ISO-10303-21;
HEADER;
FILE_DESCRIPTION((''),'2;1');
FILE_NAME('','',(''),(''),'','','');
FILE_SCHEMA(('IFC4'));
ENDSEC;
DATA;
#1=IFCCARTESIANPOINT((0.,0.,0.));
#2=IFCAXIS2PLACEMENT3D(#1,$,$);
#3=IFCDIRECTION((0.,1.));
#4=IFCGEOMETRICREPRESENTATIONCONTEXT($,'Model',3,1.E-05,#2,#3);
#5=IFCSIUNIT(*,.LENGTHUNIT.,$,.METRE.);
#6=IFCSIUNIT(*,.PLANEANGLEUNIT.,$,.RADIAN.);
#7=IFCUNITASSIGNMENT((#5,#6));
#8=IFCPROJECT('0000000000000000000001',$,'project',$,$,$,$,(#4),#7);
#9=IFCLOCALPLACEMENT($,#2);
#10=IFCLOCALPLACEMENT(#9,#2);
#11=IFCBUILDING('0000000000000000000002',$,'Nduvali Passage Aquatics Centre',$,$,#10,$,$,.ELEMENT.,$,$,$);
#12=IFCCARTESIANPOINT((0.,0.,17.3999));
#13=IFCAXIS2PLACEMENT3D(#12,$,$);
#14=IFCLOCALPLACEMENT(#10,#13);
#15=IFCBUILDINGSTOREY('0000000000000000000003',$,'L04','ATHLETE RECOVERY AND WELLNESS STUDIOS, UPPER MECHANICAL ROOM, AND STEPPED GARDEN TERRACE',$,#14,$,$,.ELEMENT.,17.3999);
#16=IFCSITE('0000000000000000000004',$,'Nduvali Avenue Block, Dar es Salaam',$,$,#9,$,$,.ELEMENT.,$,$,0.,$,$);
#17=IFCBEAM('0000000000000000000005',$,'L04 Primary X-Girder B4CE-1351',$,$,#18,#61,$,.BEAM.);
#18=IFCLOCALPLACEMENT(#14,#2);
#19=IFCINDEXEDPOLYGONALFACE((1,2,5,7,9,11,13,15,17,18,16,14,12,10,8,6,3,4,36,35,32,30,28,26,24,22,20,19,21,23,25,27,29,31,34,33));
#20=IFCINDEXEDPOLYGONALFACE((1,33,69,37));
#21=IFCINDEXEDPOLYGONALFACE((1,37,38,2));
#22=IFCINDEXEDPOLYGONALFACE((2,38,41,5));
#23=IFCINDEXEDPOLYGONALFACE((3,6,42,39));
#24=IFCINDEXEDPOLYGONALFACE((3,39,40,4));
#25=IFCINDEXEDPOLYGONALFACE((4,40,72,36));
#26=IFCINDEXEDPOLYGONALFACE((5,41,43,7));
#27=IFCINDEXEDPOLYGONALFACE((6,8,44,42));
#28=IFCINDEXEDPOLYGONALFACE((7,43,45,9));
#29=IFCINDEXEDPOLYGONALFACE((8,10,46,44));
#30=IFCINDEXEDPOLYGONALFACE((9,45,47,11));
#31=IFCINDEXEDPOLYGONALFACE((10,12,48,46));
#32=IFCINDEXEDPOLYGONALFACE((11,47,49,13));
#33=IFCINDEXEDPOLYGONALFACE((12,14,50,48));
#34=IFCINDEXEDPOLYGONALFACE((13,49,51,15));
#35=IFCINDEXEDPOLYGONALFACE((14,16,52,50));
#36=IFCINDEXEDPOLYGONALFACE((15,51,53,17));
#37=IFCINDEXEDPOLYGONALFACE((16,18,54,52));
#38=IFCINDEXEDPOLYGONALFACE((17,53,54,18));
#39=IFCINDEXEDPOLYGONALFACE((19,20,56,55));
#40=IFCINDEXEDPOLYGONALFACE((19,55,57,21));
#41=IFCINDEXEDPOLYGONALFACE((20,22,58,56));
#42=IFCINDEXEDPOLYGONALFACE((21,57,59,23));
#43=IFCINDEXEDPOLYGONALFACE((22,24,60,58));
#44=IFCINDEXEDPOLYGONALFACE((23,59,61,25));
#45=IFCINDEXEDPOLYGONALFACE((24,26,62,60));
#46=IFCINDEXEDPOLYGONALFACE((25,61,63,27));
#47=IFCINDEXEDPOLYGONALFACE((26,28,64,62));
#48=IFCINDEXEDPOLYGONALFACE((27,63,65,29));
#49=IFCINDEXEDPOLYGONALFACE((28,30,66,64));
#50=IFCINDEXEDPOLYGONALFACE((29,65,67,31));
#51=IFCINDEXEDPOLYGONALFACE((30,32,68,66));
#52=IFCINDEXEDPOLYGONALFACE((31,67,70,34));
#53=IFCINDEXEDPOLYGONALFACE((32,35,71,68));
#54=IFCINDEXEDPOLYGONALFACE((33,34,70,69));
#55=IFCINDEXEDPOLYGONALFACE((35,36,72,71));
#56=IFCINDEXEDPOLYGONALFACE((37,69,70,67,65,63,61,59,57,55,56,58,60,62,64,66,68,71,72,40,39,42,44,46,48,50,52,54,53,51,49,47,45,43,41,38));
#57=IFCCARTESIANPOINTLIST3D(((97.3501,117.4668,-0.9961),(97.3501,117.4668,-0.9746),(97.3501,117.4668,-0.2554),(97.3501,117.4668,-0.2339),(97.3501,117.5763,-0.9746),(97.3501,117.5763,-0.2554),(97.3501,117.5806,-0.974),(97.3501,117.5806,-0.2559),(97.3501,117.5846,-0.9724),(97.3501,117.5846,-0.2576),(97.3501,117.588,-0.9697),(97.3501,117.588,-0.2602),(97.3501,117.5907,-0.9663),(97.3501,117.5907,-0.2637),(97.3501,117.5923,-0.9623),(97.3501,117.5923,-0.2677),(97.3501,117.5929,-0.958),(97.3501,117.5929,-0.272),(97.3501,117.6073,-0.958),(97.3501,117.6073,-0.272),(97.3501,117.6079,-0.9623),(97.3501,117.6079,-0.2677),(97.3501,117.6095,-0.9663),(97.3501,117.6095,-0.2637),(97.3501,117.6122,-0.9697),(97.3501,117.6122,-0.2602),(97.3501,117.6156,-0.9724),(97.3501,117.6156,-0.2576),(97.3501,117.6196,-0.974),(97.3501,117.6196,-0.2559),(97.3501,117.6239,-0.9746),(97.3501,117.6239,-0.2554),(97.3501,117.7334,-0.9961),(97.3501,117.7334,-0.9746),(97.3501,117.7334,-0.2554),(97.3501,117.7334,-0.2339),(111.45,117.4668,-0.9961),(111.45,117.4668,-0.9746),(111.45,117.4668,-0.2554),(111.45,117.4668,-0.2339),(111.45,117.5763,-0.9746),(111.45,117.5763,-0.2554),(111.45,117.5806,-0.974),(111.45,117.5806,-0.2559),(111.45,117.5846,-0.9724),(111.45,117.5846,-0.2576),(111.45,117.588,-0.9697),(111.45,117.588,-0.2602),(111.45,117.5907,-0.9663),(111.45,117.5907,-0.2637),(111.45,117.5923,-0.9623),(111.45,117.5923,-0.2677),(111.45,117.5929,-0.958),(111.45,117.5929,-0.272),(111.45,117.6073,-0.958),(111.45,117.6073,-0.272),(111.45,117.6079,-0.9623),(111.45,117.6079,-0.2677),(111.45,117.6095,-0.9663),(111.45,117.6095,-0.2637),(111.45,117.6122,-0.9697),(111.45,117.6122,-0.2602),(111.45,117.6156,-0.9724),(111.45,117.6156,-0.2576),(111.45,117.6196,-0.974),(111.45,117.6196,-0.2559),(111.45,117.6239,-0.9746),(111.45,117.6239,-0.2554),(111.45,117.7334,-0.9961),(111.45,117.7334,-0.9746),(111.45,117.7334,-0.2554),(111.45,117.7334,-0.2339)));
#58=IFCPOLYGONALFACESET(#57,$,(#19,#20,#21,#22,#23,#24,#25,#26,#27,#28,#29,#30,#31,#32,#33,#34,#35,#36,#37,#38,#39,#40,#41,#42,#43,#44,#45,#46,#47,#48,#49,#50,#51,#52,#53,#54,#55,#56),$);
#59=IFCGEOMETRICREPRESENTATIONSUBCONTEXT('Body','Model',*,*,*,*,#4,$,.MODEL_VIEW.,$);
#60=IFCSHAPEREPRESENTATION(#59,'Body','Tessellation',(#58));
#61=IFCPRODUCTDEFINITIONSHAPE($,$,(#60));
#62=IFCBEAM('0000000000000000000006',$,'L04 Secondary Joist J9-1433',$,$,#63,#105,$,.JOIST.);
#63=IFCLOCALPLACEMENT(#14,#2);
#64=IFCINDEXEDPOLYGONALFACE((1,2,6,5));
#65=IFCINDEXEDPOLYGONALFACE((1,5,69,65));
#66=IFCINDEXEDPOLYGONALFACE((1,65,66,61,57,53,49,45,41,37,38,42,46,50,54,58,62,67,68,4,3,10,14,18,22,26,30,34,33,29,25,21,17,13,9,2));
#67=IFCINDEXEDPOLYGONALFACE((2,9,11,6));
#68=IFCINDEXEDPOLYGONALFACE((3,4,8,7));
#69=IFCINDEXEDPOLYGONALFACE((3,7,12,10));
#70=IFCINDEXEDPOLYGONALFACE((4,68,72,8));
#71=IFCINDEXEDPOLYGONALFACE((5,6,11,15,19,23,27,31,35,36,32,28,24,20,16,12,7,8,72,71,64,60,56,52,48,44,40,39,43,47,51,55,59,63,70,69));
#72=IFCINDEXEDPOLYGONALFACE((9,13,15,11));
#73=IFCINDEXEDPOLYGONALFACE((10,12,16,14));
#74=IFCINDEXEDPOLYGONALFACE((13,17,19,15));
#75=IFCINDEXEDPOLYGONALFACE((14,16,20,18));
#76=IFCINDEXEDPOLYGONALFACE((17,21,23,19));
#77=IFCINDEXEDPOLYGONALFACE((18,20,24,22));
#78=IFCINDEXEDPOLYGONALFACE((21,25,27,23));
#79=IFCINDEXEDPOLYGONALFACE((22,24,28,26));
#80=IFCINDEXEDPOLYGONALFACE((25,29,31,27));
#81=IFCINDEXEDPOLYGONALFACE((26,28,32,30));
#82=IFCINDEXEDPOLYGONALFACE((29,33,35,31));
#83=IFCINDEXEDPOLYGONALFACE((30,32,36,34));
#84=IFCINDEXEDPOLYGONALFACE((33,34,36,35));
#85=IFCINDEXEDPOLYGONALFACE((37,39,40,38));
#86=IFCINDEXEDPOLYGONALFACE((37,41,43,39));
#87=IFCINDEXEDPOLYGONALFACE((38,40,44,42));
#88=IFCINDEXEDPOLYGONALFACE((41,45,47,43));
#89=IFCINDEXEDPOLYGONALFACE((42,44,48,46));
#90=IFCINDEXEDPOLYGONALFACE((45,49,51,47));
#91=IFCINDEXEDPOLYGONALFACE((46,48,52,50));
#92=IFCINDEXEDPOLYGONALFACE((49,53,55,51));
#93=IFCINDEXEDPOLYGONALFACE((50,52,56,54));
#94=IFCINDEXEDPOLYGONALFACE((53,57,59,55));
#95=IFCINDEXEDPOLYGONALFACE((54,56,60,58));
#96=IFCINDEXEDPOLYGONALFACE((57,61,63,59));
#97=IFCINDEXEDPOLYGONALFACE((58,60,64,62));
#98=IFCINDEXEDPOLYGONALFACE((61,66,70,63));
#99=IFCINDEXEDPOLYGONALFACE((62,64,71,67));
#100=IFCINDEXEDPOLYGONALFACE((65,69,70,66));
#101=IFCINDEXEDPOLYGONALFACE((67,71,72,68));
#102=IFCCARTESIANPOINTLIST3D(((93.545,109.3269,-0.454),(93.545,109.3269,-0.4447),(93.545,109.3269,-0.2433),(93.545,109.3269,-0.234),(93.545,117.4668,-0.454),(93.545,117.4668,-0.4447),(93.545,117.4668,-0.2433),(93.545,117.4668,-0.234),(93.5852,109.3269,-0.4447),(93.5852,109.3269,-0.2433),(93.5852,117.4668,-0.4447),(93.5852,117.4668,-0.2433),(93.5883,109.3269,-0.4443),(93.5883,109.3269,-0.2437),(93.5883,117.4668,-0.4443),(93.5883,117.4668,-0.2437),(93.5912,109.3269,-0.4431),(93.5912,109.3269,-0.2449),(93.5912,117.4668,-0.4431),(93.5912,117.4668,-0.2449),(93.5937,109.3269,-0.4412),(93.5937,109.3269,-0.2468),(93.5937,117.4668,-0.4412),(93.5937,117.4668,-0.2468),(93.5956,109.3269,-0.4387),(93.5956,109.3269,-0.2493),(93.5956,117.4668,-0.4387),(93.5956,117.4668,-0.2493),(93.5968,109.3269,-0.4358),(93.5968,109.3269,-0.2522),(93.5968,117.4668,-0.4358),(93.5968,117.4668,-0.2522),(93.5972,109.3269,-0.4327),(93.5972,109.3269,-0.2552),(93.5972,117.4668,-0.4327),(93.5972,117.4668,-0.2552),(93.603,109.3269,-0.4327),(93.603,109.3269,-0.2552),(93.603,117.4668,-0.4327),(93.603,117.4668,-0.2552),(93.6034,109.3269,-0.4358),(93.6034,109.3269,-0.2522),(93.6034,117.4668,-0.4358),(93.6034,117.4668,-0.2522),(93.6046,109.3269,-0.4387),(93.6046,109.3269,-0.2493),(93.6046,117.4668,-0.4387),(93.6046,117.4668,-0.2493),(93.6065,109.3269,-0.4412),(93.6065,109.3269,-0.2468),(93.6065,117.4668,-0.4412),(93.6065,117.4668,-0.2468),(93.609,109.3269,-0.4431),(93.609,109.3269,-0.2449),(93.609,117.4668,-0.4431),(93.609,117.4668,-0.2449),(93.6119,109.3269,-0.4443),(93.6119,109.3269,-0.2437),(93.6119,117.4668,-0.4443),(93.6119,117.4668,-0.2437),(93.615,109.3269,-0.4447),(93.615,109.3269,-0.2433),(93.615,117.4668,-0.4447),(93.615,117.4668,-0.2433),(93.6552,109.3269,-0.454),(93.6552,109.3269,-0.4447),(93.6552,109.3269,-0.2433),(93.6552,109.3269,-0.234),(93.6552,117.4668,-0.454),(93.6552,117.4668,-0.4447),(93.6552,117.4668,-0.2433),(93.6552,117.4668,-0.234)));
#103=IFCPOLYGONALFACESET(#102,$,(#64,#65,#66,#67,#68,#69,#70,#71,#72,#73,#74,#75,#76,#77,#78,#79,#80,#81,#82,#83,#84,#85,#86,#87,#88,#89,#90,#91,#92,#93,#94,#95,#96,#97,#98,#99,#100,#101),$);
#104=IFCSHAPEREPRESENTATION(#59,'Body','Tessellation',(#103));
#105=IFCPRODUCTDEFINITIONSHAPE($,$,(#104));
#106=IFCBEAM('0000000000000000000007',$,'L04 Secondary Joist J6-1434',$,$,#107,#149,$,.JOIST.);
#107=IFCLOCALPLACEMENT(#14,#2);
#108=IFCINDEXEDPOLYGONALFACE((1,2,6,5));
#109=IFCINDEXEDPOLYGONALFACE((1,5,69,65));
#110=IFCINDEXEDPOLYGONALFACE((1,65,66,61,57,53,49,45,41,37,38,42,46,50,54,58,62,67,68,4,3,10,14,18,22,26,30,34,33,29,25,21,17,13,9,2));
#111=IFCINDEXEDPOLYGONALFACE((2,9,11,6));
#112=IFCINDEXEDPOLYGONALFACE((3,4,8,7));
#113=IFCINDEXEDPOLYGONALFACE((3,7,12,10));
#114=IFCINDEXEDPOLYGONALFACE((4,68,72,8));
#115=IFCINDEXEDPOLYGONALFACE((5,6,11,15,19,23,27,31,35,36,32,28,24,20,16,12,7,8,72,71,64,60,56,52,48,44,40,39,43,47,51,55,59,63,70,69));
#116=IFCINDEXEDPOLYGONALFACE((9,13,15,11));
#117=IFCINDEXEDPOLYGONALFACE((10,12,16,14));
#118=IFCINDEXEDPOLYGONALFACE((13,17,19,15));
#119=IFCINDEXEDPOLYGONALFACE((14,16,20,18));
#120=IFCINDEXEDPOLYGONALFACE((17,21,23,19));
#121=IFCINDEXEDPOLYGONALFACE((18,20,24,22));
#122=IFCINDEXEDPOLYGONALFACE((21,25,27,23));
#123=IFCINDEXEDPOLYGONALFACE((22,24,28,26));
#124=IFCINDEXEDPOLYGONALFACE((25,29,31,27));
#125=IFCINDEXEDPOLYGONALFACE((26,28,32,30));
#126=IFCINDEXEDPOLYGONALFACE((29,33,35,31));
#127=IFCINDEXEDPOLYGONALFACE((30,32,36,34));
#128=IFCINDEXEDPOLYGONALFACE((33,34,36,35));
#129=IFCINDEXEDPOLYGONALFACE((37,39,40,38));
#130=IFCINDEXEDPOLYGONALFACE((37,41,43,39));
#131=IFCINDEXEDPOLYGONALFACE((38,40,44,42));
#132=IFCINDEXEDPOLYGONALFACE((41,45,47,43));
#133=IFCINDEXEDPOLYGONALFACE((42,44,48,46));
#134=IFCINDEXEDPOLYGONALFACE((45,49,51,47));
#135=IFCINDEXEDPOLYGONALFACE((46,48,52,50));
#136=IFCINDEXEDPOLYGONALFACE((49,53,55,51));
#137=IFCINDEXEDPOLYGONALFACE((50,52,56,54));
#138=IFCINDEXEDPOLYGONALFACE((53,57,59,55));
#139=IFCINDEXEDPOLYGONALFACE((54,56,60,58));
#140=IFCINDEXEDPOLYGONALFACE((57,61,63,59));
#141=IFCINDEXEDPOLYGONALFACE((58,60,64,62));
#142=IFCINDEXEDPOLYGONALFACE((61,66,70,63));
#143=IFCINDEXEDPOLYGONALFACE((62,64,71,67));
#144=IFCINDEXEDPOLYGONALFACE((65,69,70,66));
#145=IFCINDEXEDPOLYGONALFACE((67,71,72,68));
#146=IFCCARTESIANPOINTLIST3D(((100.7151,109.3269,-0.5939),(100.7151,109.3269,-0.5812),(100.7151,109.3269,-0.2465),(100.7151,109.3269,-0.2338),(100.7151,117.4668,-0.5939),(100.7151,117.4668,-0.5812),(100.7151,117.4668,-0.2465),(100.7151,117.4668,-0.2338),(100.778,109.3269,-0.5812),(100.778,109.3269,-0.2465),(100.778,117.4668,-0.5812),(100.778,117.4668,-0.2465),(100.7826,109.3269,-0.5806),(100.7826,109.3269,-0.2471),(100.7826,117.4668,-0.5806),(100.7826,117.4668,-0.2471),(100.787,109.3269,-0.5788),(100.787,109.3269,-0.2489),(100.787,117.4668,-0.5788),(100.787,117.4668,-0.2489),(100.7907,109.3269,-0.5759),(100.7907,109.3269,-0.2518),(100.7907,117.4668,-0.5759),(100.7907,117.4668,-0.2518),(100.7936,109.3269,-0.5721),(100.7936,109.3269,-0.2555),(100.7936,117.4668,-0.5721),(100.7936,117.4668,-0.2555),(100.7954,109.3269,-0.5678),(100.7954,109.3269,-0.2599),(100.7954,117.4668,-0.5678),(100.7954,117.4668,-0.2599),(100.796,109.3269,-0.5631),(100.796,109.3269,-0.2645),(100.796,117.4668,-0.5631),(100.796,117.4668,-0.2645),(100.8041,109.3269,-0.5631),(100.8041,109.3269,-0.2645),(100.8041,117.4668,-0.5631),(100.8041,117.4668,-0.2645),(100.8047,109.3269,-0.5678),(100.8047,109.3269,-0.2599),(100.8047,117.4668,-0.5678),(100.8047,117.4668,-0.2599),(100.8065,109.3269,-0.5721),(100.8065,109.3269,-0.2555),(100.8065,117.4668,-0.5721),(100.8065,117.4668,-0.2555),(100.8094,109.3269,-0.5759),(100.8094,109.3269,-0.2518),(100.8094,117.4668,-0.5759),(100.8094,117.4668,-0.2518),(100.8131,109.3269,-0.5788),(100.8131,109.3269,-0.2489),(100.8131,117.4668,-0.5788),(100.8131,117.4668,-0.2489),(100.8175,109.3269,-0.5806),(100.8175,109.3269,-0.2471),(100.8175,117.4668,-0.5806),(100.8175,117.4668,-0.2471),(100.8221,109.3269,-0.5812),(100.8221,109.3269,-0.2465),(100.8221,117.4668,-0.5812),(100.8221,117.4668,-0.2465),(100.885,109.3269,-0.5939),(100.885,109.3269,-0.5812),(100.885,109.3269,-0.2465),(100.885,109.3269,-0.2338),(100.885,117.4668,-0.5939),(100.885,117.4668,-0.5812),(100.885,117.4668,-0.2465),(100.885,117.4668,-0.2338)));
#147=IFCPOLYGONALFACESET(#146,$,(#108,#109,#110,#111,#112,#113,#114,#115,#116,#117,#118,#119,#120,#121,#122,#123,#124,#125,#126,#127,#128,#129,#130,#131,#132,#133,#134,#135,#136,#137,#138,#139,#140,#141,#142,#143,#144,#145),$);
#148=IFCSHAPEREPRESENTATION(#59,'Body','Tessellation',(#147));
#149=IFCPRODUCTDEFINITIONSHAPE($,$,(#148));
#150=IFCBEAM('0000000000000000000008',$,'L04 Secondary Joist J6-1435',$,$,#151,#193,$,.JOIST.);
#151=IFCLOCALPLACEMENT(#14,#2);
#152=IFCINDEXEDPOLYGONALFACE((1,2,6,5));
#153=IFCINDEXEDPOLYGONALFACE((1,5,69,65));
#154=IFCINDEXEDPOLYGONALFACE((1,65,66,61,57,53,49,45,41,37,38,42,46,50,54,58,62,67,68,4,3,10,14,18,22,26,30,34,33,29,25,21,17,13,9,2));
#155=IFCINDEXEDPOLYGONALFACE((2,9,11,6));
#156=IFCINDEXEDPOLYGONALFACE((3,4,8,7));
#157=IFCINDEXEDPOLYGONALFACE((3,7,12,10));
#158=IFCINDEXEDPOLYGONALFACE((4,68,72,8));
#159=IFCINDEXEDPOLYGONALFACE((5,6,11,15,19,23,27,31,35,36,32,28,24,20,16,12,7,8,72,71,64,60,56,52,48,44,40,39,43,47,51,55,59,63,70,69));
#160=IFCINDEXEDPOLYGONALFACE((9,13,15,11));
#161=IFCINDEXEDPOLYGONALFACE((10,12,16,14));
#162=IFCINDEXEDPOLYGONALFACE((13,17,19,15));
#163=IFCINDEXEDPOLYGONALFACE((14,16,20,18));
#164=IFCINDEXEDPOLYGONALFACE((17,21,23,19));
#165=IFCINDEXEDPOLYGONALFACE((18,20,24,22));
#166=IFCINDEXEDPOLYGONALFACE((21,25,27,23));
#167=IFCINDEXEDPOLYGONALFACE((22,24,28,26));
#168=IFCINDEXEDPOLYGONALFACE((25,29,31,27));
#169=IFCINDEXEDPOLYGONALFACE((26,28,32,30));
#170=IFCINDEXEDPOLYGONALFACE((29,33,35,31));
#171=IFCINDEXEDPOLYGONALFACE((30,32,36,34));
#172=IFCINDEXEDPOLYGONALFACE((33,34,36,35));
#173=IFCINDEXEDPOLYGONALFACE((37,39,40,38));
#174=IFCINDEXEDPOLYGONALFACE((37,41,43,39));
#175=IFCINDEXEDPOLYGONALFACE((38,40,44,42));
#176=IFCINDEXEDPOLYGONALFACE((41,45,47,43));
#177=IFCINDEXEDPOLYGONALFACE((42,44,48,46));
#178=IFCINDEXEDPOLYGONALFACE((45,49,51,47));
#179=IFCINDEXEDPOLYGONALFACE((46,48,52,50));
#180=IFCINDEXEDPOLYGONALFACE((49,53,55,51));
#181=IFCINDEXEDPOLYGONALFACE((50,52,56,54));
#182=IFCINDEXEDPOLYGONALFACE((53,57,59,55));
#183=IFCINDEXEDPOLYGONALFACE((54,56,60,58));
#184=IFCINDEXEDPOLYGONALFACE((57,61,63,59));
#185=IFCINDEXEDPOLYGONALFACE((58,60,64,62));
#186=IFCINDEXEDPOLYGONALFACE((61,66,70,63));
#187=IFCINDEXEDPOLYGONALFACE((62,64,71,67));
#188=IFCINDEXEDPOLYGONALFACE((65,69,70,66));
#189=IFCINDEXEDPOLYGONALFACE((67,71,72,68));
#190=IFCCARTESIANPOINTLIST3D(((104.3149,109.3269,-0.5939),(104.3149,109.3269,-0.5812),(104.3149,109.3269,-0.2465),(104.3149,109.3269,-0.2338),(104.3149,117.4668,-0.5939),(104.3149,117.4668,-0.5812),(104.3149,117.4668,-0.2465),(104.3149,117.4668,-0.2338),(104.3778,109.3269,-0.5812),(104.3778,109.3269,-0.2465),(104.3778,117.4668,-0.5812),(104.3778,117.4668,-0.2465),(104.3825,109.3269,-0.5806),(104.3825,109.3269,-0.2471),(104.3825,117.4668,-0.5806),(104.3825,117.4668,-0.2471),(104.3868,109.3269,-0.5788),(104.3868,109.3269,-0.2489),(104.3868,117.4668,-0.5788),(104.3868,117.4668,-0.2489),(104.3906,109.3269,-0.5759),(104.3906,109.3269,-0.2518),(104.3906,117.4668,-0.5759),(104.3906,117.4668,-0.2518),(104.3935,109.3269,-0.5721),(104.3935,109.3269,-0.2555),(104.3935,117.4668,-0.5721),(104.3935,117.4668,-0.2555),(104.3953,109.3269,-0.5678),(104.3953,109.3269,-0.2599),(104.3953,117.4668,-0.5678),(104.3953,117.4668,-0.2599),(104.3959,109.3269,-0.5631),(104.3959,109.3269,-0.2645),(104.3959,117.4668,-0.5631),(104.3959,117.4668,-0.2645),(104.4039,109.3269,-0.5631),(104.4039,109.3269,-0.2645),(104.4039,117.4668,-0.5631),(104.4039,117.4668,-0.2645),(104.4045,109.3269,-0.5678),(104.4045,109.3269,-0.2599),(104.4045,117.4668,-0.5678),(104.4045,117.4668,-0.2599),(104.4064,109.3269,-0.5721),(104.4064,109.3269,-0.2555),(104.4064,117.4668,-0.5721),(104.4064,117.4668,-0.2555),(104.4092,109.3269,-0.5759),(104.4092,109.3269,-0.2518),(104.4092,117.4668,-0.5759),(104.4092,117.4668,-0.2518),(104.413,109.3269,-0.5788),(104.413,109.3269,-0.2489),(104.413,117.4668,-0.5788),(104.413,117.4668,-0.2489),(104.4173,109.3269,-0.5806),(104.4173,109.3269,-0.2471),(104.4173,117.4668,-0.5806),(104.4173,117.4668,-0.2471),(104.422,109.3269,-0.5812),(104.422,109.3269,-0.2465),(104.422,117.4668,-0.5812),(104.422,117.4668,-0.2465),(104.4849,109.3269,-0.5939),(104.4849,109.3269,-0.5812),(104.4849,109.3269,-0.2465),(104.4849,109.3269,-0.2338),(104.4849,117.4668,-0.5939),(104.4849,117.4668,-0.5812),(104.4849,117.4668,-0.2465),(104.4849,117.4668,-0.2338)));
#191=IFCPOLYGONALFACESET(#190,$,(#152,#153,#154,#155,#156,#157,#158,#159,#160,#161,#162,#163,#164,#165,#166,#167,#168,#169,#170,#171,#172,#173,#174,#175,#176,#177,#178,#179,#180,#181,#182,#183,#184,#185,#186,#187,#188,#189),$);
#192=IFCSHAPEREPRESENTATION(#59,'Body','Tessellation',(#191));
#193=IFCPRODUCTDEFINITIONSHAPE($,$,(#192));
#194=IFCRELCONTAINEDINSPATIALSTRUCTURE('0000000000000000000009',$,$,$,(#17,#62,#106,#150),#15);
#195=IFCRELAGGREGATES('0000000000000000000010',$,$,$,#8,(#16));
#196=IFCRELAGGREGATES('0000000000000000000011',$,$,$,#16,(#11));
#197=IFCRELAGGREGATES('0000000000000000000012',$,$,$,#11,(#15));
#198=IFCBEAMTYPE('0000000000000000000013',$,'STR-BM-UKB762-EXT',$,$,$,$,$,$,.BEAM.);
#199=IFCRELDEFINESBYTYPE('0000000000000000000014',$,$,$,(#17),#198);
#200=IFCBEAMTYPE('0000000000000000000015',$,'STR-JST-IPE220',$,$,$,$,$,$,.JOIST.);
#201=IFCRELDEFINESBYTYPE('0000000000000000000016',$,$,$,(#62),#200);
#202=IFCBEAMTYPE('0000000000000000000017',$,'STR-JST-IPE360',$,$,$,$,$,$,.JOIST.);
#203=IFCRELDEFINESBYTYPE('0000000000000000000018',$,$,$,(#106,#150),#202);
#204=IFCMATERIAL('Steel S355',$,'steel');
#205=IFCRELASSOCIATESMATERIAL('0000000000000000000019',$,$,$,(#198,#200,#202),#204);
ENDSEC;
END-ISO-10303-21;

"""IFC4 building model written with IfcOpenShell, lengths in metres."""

from ifc_helpers import new_model, si_unit, direction, frame, origin, origin_2d, place, context, subcontext, project, spatial, i_section, extrude, material, material_profile, profile_set, type_object, element, save


model = new_model("IFC4")

# Units and contexts
model_context = context("Model", 3, precision=1e-05, world=origin(), true_north=direction((0.0, 1.0)))
body_context = subcontext(model_context, "Body", "Model", "MODEL_VIEW")
ifc_project = project(units=[si_unit("LENGTHUNIT", "METRE"), si_unit("PLANEANGLEUNIT", "RADIAN")], contexts=[model_context])

# Site, building, storey
site_placement = place(None, origin())
site = spatial("IfcSite", under=ifc_project, at=site_placement, Name="Nduvali Avenue Block, Dar es Salaam", CompositionType="ELEMENT", RefElevation=0.0)
building_placement = place(site_placement, origin())
building = spatial("IfcBuilding", under=site, at=building_placement, Name="Nduvali Passage Aquatics Centre", CompositionType="ELEMENT")
storey_placement = place(building_placement, frame((0.0, 0.0, 17.3999)))
storey = spatial("IfcBuildingStorey", under=building, at=storey_placement, Name="L04", Description="ATHLETE RECOVERY AND WELLNESS STUDIOS, UPPER MECHANICAL ROOM, AND STEPPED GARDEN TERRACE", CompositionType="ELEMENT", Elevation=17.3999)

# Shared definitions
ifc_material_1 = material(Name="Steel S355", Category="steel")

# Beams
ifc_material_profile_1 = material_profile(ifc_material_1, i_section(OverallWidth=0.2666, OverallDepth=0.7622, WebThickness=0.0144, FlangeThickness=0.0215, FilletRadius=0.0166, at=origin_2d()), Name="UKB 762x267x173")
ifc_profile_set_1 = profile_set([ifc_material_profile_1], Name="Steel S355")
beam_type_1 = type_object("IfcBeamType", Name="STR-BM-UKB762-EXT", PredefinedType="BEAM", material=ifc_profile_set_1)
beam_1_placement = place(storey_placement, frame((97.3501, 117.6001, -0.615), z_axis=(1.0, 0.0, 0.0), x_axis=(0.0, 1.0, 0.0)))
element("IfcBeam", 1, at=beam_1_placement, inside=storey, type_object=beam_type_1, Name="L04 Primary X-Girder B4CE-1351", PredefinedType="BEAM", context=body_context, shape_type="SweptSolid", body=[
    extrude(i_section(OverallWidth=0.2666, OverallDepth=0.7622, WebThickness=0.0144, FlangeThickness=0.0215, FilletRadius=0.0166, at=origin_2d()), origin(), (0.0, 0.0, 1.0), 14.0999),
])
ifc_material_profile_2 = material_profile(ifc_material_1, i_section(OverallWidth=0.1101, OverallDepth=0.22, WebThickness=0.0059, FlangeThickness=0.0093, FilletRadius=0.012, at=origin_2d()), Name="IPE 220")
ifc_profile_set_2 = profile_set([ifc_material_profile_2], Name="Steel S355")
beam_type_2 = type_object("IfcBeamType", Name="STR-JST-IPE220", PredefinedType="JOIST", material=ifc_profile_set_2)
beam_2_placement = place(storey_placement, frame((93.6001, 109.3269, -0.344), z_axis=(0.0, 1.0, 0.0), x_axis=(-1.0, 0.0, 0.0)))
element("IfcBeam", 2, at=beam_2_placement, inside=storey, type_object=beam_type_2, Name="L04 Secondary Joist J9-1433", PredefinedType="JOIST", context=body_context, shape_type="SweptSolid", body=[
    extrude(i_section(OverallWidth=0.1101, OverallDepth=0.22, WebThickness=0.0059, FlangeThickness=0.0093, FilletRadius=0.012, at=origin_2d()), origin(), (0.0, 0.0, 1.0), 8.1399),
])
ifc_material_profile_3 = material_profile(ifc_material_1, i_section(OverallWidth=0.1699, OverallDepth=0.3601, WebThickness=0.0081, FlangeThickness=0.0127, FilletRadius=0.0181, at=origin_2d()), Name="IPE 360")
ifc_profile_set_3 = profile_set([ifc_material_profile_3], Name="Steel S355")
beam_type_3 = type_object("IfcBeamType", Name="STR-JST-IPE360", PredefinedType="JOIST", material=ifc_profile_set_3)
for number, where, z_axis, x_axis, name in (
    (3, (100.8, 109.3269, -0.4138), (0.0, 1.0, 0.0), (-1.0, 0.0, 0.0), "L04 Secondary Joist J6-1434"),
    (4, (104.3999, 109.3269, -0.4138), (0.0, 1.0, 0.0), (-1.0, 0.0, 0.0), "L04 Secondary Joist J6-1435"),
):
    element("IfcBeam", number, at=place(storey_placement, frame(where, z_axis=z_axis, x_axis=x_axis)), inside=storey, type_object=beam_type_3, Name=name, PredefinedType="JOIST", context=body_context, shape_type="SweptSolid", body=[
        extrude(i_section(OverallWidth=0.1699, OverallDepth=0.3601, WebThickness=0.0081, FlangeThickness=0.0127, FilletRadius=0.0181, at=origin_2d()), origin(), (0.0, 0.0, 1.0), 8.1399),
    ])

save(model, "model.ifc")
